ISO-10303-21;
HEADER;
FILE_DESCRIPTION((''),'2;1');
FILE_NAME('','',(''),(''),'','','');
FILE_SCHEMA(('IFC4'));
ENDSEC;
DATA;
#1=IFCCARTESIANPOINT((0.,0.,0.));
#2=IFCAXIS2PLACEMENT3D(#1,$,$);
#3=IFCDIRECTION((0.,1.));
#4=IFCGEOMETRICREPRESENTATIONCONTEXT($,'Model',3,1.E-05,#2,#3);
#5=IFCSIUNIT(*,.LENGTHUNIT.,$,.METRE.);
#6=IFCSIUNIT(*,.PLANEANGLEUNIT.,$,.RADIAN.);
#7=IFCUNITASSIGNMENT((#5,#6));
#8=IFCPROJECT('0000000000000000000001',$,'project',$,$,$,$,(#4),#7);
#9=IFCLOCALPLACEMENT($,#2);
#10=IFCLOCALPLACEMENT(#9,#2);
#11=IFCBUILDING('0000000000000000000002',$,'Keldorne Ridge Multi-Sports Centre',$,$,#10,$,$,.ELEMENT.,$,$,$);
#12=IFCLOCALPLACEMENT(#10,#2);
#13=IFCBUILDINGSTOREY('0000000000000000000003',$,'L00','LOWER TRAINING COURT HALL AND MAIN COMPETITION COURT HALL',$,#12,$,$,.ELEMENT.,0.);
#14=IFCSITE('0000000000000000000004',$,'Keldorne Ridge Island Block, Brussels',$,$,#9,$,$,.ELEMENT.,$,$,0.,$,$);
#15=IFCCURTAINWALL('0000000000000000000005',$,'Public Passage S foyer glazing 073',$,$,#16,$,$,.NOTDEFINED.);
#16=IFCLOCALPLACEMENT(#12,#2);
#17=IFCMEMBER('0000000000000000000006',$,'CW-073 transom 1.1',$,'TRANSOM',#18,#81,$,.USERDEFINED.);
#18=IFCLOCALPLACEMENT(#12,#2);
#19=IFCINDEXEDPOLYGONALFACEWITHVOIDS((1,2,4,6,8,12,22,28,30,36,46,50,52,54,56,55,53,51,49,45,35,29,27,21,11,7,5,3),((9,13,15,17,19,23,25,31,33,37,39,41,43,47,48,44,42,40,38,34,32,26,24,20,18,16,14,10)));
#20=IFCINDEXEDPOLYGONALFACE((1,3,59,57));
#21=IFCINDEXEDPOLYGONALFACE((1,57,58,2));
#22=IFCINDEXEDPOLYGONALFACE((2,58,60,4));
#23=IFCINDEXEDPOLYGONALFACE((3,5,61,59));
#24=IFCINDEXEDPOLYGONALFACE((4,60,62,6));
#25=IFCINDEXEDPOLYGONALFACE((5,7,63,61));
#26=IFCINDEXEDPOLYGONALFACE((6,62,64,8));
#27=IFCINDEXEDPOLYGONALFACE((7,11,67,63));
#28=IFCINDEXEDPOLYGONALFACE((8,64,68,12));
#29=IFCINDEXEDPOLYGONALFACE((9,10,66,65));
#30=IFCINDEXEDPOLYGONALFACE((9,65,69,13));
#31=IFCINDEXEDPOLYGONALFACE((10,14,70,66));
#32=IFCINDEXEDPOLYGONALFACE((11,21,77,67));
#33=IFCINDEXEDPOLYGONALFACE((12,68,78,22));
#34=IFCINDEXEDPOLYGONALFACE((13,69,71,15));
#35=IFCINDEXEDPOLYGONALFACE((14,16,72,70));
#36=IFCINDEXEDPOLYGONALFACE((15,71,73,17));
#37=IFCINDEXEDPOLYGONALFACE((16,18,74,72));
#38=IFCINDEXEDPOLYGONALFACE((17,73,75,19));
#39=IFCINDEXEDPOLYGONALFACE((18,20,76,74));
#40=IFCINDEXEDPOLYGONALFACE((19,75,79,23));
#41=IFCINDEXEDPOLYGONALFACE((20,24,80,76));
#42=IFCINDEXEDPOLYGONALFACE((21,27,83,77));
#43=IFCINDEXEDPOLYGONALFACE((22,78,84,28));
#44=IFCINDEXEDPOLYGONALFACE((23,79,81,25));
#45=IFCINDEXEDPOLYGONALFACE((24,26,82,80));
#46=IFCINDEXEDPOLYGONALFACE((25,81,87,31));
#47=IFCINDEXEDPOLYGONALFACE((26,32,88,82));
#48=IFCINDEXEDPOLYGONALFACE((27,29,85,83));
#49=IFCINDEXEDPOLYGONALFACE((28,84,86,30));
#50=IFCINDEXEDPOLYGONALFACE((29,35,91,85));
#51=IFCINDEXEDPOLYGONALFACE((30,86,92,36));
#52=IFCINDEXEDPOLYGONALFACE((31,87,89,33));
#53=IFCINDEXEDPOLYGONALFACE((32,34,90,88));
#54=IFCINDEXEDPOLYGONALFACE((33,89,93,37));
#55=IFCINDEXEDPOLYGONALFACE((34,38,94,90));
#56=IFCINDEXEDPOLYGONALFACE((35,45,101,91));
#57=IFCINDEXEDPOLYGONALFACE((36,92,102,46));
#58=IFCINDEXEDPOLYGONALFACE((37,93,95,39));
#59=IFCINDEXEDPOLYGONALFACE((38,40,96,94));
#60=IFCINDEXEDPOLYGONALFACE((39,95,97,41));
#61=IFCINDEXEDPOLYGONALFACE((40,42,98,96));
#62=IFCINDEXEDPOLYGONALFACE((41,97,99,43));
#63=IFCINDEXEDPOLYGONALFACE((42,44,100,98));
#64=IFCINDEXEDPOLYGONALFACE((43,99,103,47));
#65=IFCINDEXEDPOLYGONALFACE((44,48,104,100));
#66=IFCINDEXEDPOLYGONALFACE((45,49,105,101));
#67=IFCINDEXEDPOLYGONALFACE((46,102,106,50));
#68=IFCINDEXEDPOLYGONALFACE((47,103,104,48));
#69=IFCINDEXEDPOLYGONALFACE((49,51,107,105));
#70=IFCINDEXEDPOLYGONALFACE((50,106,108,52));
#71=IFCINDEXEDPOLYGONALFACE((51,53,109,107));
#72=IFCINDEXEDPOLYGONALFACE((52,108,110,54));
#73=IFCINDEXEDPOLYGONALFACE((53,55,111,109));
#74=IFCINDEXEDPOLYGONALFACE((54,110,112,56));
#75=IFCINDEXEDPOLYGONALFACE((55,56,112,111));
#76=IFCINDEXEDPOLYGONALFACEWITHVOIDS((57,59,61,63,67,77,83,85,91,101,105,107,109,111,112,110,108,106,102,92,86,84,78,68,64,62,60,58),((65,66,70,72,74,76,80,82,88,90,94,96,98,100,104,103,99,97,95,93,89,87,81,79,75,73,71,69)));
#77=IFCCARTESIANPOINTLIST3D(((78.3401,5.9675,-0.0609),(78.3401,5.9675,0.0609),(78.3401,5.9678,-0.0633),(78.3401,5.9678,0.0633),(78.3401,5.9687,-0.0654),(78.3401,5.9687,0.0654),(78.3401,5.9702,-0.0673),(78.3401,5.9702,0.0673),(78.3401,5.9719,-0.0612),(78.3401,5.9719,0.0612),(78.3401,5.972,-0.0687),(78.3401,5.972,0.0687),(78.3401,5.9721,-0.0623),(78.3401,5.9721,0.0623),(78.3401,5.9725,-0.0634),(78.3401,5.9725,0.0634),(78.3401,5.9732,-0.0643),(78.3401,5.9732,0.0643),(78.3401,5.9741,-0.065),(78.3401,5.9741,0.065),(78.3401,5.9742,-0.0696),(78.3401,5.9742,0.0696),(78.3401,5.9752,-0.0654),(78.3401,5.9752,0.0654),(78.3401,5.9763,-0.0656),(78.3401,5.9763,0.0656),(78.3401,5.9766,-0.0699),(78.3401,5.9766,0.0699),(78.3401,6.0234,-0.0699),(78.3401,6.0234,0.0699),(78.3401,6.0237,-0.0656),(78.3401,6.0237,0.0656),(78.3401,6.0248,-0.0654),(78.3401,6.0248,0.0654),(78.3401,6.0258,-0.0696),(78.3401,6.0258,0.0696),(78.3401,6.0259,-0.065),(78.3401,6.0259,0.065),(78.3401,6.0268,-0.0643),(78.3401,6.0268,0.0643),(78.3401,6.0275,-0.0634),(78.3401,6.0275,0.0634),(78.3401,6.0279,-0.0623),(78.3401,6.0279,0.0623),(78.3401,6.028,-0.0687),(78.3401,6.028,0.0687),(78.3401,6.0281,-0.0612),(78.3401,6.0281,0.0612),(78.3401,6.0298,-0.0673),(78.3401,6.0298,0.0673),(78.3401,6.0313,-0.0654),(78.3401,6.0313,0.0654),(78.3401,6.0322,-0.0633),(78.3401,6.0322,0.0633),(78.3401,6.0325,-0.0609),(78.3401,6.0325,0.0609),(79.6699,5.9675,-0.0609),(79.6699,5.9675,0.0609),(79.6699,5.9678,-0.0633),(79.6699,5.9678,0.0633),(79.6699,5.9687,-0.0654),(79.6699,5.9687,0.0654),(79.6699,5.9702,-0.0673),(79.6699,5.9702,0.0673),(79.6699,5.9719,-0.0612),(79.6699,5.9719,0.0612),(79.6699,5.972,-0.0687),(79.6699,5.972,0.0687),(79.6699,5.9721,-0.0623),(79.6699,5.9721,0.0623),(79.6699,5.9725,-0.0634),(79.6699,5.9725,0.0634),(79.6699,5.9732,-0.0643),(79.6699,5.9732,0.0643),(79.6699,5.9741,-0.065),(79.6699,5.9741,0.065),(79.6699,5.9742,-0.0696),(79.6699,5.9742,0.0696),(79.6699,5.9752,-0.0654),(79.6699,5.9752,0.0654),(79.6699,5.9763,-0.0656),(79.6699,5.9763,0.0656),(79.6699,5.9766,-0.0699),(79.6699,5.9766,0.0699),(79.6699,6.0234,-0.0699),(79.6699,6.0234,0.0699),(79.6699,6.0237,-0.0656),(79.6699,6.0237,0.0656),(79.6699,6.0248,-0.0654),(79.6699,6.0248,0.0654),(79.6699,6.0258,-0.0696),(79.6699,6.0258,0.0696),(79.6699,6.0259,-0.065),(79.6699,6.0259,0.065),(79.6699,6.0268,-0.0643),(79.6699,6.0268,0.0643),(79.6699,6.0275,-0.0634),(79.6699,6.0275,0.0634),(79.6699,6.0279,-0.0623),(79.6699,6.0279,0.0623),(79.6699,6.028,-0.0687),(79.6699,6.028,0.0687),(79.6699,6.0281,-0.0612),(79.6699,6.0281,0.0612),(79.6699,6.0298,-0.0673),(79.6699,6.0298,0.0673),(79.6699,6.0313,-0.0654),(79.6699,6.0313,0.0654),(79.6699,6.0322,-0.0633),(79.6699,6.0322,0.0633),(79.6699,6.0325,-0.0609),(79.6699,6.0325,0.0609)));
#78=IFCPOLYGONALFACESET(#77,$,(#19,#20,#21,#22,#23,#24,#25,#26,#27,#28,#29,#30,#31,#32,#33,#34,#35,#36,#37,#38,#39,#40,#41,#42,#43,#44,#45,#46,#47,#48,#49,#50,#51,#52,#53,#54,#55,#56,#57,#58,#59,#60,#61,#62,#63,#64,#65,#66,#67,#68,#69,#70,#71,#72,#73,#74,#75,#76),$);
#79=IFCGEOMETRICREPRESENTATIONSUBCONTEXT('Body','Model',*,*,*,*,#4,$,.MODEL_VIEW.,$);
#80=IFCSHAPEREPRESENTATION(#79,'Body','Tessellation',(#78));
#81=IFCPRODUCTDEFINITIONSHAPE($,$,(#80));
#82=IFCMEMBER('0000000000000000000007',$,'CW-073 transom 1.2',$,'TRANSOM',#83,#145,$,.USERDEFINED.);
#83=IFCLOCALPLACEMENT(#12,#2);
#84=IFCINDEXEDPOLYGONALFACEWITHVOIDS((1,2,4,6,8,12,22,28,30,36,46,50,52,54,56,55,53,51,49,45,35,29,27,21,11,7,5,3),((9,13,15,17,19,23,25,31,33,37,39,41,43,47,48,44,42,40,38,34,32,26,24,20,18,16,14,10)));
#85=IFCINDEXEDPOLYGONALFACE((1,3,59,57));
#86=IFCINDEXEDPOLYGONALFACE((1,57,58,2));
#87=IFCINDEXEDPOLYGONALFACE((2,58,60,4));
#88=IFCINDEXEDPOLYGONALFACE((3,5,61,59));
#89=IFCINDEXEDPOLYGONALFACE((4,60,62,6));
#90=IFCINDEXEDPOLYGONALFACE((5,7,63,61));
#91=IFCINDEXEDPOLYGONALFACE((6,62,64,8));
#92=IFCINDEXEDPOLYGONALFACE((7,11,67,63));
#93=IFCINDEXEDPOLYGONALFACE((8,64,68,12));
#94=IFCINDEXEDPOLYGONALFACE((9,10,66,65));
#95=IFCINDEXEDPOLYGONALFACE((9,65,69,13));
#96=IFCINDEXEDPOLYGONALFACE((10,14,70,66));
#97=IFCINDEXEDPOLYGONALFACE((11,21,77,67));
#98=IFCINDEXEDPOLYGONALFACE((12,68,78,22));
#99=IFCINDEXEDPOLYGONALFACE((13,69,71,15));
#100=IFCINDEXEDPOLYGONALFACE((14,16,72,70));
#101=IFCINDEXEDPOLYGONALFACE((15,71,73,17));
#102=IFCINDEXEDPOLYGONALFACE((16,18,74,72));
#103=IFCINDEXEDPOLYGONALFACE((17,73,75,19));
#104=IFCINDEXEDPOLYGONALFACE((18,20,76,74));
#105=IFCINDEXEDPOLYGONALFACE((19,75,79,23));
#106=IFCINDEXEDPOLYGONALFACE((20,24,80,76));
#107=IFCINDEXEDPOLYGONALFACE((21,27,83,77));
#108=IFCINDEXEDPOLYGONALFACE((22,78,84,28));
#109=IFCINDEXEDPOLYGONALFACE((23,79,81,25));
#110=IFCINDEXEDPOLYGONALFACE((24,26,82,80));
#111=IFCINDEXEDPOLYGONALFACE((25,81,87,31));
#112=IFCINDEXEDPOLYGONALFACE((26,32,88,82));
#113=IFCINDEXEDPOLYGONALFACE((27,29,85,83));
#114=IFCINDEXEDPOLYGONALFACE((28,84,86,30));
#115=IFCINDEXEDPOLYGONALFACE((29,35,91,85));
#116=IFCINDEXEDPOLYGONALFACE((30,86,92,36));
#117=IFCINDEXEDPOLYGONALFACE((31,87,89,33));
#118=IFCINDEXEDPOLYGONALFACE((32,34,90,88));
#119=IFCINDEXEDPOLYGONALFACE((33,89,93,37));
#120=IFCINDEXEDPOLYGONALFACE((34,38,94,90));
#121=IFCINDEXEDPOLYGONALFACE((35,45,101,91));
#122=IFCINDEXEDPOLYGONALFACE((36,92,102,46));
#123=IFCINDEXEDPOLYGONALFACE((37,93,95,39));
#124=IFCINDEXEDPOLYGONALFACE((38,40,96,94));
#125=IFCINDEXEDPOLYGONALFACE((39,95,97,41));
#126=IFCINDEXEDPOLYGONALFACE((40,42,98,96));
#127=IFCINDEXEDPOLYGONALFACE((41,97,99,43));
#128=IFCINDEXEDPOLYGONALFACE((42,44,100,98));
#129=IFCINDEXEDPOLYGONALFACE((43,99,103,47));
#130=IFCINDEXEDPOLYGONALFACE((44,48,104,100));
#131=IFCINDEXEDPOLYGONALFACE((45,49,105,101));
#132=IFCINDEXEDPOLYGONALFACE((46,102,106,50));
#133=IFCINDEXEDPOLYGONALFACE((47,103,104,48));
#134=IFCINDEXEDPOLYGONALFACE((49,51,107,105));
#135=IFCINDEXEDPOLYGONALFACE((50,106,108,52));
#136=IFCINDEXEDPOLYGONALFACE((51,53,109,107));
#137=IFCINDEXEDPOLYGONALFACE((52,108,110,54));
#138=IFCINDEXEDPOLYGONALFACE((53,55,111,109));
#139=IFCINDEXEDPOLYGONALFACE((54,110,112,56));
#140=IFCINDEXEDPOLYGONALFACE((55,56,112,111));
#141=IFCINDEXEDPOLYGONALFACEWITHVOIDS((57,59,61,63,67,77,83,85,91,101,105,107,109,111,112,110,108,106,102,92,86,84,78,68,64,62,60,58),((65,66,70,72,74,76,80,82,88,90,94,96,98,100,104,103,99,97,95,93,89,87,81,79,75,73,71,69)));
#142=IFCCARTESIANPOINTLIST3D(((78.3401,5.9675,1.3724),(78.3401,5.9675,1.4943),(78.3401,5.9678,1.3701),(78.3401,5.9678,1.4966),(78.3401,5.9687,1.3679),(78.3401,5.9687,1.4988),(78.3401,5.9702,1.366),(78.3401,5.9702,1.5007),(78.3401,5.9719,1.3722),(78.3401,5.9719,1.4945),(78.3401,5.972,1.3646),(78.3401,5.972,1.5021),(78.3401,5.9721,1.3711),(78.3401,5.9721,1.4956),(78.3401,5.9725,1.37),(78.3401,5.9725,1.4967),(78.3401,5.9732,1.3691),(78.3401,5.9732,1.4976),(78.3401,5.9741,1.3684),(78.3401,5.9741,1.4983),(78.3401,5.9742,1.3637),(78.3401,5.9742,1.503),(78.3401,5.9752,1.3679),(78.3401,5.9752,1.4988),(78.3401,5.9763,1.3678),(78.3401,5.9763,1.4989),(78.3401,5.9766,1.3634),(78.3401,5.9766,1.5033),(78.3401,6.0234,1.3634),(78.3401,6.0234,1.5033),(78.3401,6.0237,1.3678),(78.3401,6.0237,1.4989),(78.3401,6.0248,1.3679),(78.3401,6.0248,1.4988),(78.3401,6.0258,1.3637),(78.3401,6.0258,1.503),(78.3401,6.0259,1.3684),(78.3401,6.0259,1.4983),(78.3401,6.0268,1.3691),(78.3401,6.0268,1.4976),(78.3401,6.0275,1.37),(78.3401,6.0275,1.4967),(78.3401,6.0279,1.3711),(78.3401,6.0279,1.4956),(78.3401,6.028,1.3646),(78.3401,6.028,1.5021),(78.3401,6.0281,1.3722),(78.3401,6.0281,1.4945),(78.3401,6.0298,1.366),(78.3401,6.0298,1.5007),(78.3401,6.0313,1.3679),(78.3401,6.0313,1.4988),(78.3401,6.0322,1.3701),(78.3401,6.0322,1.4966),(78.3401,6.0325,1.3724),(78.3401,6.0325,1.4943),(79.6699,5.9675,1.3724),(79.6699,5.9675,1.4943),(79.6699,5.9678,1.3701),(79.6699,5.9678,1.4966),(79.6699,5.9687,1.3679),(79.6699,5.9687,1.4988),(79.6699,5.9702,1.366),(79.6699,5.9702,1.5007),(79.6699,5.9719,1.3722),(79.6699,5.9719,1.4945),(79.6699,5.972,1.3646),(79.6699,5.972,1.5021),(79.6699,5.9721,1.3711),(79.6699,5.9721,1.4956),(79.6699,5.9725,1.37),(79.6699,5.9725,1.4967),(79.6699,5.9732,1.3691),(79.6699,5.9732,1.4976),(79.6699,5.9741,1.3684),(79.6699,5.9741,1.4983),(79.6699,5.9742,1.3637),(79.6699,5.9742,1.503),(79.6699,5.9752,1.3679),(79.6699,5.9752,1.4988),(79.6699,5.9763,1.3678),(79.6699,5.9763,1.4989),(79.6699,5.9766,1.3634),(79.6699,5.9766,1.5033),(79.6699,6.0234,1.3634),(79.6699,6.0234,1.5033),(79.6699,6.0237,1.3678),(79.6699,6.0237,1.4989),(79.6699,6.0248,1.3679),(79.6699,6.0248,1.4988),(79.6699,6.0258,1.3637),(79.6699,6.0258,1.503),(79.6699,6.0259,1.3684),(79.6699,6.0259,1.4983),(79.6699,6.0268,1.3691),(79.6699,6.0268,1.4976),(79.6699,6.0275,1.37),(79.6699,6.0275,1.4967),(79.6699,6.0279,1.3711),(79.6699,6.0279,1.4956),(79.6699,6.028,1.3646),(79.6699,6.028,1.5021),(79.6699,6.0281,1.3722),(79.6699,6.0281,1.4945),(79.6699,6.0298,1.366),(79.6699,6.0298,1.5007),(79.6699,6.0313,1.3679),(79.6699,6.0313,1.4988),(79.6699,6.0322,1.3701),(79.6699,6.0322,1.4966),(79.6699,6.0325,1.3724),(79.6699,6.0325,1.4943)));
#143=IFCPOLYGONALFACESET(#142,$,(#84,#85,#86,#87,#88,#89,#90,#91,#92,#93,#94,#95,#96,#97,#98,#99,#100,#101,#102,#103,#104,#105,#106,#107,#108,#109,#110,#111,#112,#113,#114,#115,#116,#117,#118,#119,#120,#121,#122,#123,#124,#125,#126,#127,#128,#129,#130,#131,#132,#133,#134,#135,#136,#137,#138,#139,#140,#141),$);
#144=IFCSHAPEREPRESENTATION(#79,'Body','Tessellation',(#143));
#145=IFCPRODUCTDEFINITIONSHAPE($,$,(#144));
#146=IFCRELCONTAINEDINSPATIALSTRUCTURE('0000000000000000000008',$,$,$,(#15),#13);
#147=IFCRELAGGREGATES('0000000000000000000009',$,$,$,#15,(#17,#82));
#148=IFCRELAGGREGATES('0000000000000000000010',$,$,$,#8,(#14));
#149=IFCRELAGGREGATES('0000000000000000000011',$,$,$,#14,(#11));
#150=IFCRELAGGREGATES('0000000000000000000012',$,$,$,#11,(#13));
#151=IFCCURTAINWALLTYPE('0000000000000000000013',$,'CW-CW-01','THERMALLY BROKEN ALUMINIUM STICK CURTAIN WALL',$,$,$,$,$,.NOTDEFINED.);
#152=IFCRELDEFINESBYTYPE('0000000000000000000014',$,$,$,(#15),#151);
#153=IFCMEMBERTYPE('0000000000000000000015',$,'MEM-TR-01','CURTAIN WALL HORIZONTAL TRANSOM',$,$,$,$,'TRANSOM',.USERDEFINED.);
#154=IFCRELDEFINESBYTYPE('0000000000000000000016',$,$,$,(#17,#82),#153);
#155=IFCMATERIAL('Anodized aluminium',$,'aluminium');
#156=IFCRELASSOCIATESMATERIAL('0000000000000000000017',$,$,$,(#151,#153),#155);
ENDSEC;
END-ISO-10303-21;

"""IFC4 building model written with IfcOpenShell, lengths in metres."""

from ifc_helpers import new_model, si_unit, direction, frame, origin, origin_2d, place, context, subcontext, project, spatial, hollow_rectangle, extrude, material, material_profile, profile_set, type_object, element, aggregate, save


model = new_model("IFC4")

# Units and contexts
model_context = context("Model", 3, precision=1e-05, world=origin(), true_north=direction((0.0, 1.0)))
body_context = subcontext(model_context, "Body", "Model", "MODEL_VIEW")
ifc_project = project(units=[si_unit("LENGTHUNIT", "METRE"), si_unit("PLANEANGLEUNIT", "RADIAN")], contexts=[model_context])

# Site, building, storey
site_placement = place(None, origin())
site = spatial("IfcSite", under=ifc_project, at=site_placement, Name="Keldorne Ridge Island Block, Brussels", CompositionType="ELEMENT", RefElevation=0.0)
building_placement = place(site_placement, origin())
building = spatial("IfcBuilding", under=site, at=building_placement, Name="Keldorne Ridge Multi-Sports Centre", CompositionType="ELEMENT")
storey_placement = place(building_placement, origin())
storey = spatial("IfcBuildingStorey", under=building, at=storey_placement, Name="L00", Description="LOWER TRAINING COURT HALL AND MAIN COMPETITION COURT HALL", CompositionType="ELEMENT", Elevation=0.0)

# Curtain wall, members
ifc_material_1 = material(Name="Anodized aluminium", Category="aluminium")
curtain_wall_type = type_object("IfcCurtainWallType", Name="CW-CW-01", Description="THERMALLY BROKEN ALUMINIUM STICK CURTAIN WALL", PredefinedType="NOTDEFINED", material=ifc_material_1)
curtain_wall_placement = place(storey_placement, origin())
curtain_wall = element("IfcCurtainWall", 1, at=curtain_wall_placement, inside=storey, type_object=curtain_wall_type, Name="Public Passage S foyer glazing 073", PredefinedType="NOTDEFINED")
ifc_material_profile_1 = material_profile(ifc_material_1, hollow_rectangle(XDim=0.0649, YDim=0.1399, WallThickness=0.0044, InnerFilletRadius=0.0044, OuterFilletRadius=0.009, at=origin_2d()), Name="ALU TRANSOM 140x65x4.5")
ifc_profile_set_1 = profile_set([ifc_material_profile_1], Name="Anodized aluminium")
member_type_1 = type_object("IfcMemberType", Name="MEM-TR-01", Description="CURTAIN WALL HORIZONTAL TRANSOM", ElementType="TRANSOM", PredefinedType="USERDEFINED", material=ifc_profile_set_1)
member_1_placement = place(storey_placement, frame((78.3401, 6.0, 0.0), z_axis=(1.0, 0.0, 0.0), x_axis=(0.0, 1.0, 0.0)))
member_1 = element("IfcMember", 2, at=member_1_placement, type_object=member_type_1, Name="CW-073 transom 1.1", ObjectType="TRANSOM", PredefinedType="USERDEFINED", context=body_context, shape_type="SweptSolid", body=[
    extrude(hollow_rectangle(XDim=0.0649, YDim=0.1399, WallThickness=0.0044, InnerFilletRadius=0.0044, OuterFilletRadius=0.009, at=origin_2d()), origin(), (0.0, 0.0, 1.0), 1.3298),
])
member_2_placement = place(storey_placement, frame((78.3401, 6.0, 1.4333), z_axis=(1.0, 0.0, 0.0), x_axis=(0.0, 1.0, 0.0)))
member_2 = element("IfcMember", 3, at=member_2_placement, type_object=member_type_1, Name="CW-073 transom 1.2", ObjectType="TRANSOM", PredefinedType="USERDEFINED", context=body_context, shape_type="SweptSolid", body=[
    extrude(hollow_rectangle(XDim=0.0649, YDim=0.1399, WallThickness=0.0044, InnerFilletRadius=0.0044, OuterFilletRadius=0.009, at=origin_2d()), origin(), (0.0, 0.0, 1.0), 1.3298),
])
aggregate(curtain_wall, [member_1, member_2])

save(model, "model.ifc")
